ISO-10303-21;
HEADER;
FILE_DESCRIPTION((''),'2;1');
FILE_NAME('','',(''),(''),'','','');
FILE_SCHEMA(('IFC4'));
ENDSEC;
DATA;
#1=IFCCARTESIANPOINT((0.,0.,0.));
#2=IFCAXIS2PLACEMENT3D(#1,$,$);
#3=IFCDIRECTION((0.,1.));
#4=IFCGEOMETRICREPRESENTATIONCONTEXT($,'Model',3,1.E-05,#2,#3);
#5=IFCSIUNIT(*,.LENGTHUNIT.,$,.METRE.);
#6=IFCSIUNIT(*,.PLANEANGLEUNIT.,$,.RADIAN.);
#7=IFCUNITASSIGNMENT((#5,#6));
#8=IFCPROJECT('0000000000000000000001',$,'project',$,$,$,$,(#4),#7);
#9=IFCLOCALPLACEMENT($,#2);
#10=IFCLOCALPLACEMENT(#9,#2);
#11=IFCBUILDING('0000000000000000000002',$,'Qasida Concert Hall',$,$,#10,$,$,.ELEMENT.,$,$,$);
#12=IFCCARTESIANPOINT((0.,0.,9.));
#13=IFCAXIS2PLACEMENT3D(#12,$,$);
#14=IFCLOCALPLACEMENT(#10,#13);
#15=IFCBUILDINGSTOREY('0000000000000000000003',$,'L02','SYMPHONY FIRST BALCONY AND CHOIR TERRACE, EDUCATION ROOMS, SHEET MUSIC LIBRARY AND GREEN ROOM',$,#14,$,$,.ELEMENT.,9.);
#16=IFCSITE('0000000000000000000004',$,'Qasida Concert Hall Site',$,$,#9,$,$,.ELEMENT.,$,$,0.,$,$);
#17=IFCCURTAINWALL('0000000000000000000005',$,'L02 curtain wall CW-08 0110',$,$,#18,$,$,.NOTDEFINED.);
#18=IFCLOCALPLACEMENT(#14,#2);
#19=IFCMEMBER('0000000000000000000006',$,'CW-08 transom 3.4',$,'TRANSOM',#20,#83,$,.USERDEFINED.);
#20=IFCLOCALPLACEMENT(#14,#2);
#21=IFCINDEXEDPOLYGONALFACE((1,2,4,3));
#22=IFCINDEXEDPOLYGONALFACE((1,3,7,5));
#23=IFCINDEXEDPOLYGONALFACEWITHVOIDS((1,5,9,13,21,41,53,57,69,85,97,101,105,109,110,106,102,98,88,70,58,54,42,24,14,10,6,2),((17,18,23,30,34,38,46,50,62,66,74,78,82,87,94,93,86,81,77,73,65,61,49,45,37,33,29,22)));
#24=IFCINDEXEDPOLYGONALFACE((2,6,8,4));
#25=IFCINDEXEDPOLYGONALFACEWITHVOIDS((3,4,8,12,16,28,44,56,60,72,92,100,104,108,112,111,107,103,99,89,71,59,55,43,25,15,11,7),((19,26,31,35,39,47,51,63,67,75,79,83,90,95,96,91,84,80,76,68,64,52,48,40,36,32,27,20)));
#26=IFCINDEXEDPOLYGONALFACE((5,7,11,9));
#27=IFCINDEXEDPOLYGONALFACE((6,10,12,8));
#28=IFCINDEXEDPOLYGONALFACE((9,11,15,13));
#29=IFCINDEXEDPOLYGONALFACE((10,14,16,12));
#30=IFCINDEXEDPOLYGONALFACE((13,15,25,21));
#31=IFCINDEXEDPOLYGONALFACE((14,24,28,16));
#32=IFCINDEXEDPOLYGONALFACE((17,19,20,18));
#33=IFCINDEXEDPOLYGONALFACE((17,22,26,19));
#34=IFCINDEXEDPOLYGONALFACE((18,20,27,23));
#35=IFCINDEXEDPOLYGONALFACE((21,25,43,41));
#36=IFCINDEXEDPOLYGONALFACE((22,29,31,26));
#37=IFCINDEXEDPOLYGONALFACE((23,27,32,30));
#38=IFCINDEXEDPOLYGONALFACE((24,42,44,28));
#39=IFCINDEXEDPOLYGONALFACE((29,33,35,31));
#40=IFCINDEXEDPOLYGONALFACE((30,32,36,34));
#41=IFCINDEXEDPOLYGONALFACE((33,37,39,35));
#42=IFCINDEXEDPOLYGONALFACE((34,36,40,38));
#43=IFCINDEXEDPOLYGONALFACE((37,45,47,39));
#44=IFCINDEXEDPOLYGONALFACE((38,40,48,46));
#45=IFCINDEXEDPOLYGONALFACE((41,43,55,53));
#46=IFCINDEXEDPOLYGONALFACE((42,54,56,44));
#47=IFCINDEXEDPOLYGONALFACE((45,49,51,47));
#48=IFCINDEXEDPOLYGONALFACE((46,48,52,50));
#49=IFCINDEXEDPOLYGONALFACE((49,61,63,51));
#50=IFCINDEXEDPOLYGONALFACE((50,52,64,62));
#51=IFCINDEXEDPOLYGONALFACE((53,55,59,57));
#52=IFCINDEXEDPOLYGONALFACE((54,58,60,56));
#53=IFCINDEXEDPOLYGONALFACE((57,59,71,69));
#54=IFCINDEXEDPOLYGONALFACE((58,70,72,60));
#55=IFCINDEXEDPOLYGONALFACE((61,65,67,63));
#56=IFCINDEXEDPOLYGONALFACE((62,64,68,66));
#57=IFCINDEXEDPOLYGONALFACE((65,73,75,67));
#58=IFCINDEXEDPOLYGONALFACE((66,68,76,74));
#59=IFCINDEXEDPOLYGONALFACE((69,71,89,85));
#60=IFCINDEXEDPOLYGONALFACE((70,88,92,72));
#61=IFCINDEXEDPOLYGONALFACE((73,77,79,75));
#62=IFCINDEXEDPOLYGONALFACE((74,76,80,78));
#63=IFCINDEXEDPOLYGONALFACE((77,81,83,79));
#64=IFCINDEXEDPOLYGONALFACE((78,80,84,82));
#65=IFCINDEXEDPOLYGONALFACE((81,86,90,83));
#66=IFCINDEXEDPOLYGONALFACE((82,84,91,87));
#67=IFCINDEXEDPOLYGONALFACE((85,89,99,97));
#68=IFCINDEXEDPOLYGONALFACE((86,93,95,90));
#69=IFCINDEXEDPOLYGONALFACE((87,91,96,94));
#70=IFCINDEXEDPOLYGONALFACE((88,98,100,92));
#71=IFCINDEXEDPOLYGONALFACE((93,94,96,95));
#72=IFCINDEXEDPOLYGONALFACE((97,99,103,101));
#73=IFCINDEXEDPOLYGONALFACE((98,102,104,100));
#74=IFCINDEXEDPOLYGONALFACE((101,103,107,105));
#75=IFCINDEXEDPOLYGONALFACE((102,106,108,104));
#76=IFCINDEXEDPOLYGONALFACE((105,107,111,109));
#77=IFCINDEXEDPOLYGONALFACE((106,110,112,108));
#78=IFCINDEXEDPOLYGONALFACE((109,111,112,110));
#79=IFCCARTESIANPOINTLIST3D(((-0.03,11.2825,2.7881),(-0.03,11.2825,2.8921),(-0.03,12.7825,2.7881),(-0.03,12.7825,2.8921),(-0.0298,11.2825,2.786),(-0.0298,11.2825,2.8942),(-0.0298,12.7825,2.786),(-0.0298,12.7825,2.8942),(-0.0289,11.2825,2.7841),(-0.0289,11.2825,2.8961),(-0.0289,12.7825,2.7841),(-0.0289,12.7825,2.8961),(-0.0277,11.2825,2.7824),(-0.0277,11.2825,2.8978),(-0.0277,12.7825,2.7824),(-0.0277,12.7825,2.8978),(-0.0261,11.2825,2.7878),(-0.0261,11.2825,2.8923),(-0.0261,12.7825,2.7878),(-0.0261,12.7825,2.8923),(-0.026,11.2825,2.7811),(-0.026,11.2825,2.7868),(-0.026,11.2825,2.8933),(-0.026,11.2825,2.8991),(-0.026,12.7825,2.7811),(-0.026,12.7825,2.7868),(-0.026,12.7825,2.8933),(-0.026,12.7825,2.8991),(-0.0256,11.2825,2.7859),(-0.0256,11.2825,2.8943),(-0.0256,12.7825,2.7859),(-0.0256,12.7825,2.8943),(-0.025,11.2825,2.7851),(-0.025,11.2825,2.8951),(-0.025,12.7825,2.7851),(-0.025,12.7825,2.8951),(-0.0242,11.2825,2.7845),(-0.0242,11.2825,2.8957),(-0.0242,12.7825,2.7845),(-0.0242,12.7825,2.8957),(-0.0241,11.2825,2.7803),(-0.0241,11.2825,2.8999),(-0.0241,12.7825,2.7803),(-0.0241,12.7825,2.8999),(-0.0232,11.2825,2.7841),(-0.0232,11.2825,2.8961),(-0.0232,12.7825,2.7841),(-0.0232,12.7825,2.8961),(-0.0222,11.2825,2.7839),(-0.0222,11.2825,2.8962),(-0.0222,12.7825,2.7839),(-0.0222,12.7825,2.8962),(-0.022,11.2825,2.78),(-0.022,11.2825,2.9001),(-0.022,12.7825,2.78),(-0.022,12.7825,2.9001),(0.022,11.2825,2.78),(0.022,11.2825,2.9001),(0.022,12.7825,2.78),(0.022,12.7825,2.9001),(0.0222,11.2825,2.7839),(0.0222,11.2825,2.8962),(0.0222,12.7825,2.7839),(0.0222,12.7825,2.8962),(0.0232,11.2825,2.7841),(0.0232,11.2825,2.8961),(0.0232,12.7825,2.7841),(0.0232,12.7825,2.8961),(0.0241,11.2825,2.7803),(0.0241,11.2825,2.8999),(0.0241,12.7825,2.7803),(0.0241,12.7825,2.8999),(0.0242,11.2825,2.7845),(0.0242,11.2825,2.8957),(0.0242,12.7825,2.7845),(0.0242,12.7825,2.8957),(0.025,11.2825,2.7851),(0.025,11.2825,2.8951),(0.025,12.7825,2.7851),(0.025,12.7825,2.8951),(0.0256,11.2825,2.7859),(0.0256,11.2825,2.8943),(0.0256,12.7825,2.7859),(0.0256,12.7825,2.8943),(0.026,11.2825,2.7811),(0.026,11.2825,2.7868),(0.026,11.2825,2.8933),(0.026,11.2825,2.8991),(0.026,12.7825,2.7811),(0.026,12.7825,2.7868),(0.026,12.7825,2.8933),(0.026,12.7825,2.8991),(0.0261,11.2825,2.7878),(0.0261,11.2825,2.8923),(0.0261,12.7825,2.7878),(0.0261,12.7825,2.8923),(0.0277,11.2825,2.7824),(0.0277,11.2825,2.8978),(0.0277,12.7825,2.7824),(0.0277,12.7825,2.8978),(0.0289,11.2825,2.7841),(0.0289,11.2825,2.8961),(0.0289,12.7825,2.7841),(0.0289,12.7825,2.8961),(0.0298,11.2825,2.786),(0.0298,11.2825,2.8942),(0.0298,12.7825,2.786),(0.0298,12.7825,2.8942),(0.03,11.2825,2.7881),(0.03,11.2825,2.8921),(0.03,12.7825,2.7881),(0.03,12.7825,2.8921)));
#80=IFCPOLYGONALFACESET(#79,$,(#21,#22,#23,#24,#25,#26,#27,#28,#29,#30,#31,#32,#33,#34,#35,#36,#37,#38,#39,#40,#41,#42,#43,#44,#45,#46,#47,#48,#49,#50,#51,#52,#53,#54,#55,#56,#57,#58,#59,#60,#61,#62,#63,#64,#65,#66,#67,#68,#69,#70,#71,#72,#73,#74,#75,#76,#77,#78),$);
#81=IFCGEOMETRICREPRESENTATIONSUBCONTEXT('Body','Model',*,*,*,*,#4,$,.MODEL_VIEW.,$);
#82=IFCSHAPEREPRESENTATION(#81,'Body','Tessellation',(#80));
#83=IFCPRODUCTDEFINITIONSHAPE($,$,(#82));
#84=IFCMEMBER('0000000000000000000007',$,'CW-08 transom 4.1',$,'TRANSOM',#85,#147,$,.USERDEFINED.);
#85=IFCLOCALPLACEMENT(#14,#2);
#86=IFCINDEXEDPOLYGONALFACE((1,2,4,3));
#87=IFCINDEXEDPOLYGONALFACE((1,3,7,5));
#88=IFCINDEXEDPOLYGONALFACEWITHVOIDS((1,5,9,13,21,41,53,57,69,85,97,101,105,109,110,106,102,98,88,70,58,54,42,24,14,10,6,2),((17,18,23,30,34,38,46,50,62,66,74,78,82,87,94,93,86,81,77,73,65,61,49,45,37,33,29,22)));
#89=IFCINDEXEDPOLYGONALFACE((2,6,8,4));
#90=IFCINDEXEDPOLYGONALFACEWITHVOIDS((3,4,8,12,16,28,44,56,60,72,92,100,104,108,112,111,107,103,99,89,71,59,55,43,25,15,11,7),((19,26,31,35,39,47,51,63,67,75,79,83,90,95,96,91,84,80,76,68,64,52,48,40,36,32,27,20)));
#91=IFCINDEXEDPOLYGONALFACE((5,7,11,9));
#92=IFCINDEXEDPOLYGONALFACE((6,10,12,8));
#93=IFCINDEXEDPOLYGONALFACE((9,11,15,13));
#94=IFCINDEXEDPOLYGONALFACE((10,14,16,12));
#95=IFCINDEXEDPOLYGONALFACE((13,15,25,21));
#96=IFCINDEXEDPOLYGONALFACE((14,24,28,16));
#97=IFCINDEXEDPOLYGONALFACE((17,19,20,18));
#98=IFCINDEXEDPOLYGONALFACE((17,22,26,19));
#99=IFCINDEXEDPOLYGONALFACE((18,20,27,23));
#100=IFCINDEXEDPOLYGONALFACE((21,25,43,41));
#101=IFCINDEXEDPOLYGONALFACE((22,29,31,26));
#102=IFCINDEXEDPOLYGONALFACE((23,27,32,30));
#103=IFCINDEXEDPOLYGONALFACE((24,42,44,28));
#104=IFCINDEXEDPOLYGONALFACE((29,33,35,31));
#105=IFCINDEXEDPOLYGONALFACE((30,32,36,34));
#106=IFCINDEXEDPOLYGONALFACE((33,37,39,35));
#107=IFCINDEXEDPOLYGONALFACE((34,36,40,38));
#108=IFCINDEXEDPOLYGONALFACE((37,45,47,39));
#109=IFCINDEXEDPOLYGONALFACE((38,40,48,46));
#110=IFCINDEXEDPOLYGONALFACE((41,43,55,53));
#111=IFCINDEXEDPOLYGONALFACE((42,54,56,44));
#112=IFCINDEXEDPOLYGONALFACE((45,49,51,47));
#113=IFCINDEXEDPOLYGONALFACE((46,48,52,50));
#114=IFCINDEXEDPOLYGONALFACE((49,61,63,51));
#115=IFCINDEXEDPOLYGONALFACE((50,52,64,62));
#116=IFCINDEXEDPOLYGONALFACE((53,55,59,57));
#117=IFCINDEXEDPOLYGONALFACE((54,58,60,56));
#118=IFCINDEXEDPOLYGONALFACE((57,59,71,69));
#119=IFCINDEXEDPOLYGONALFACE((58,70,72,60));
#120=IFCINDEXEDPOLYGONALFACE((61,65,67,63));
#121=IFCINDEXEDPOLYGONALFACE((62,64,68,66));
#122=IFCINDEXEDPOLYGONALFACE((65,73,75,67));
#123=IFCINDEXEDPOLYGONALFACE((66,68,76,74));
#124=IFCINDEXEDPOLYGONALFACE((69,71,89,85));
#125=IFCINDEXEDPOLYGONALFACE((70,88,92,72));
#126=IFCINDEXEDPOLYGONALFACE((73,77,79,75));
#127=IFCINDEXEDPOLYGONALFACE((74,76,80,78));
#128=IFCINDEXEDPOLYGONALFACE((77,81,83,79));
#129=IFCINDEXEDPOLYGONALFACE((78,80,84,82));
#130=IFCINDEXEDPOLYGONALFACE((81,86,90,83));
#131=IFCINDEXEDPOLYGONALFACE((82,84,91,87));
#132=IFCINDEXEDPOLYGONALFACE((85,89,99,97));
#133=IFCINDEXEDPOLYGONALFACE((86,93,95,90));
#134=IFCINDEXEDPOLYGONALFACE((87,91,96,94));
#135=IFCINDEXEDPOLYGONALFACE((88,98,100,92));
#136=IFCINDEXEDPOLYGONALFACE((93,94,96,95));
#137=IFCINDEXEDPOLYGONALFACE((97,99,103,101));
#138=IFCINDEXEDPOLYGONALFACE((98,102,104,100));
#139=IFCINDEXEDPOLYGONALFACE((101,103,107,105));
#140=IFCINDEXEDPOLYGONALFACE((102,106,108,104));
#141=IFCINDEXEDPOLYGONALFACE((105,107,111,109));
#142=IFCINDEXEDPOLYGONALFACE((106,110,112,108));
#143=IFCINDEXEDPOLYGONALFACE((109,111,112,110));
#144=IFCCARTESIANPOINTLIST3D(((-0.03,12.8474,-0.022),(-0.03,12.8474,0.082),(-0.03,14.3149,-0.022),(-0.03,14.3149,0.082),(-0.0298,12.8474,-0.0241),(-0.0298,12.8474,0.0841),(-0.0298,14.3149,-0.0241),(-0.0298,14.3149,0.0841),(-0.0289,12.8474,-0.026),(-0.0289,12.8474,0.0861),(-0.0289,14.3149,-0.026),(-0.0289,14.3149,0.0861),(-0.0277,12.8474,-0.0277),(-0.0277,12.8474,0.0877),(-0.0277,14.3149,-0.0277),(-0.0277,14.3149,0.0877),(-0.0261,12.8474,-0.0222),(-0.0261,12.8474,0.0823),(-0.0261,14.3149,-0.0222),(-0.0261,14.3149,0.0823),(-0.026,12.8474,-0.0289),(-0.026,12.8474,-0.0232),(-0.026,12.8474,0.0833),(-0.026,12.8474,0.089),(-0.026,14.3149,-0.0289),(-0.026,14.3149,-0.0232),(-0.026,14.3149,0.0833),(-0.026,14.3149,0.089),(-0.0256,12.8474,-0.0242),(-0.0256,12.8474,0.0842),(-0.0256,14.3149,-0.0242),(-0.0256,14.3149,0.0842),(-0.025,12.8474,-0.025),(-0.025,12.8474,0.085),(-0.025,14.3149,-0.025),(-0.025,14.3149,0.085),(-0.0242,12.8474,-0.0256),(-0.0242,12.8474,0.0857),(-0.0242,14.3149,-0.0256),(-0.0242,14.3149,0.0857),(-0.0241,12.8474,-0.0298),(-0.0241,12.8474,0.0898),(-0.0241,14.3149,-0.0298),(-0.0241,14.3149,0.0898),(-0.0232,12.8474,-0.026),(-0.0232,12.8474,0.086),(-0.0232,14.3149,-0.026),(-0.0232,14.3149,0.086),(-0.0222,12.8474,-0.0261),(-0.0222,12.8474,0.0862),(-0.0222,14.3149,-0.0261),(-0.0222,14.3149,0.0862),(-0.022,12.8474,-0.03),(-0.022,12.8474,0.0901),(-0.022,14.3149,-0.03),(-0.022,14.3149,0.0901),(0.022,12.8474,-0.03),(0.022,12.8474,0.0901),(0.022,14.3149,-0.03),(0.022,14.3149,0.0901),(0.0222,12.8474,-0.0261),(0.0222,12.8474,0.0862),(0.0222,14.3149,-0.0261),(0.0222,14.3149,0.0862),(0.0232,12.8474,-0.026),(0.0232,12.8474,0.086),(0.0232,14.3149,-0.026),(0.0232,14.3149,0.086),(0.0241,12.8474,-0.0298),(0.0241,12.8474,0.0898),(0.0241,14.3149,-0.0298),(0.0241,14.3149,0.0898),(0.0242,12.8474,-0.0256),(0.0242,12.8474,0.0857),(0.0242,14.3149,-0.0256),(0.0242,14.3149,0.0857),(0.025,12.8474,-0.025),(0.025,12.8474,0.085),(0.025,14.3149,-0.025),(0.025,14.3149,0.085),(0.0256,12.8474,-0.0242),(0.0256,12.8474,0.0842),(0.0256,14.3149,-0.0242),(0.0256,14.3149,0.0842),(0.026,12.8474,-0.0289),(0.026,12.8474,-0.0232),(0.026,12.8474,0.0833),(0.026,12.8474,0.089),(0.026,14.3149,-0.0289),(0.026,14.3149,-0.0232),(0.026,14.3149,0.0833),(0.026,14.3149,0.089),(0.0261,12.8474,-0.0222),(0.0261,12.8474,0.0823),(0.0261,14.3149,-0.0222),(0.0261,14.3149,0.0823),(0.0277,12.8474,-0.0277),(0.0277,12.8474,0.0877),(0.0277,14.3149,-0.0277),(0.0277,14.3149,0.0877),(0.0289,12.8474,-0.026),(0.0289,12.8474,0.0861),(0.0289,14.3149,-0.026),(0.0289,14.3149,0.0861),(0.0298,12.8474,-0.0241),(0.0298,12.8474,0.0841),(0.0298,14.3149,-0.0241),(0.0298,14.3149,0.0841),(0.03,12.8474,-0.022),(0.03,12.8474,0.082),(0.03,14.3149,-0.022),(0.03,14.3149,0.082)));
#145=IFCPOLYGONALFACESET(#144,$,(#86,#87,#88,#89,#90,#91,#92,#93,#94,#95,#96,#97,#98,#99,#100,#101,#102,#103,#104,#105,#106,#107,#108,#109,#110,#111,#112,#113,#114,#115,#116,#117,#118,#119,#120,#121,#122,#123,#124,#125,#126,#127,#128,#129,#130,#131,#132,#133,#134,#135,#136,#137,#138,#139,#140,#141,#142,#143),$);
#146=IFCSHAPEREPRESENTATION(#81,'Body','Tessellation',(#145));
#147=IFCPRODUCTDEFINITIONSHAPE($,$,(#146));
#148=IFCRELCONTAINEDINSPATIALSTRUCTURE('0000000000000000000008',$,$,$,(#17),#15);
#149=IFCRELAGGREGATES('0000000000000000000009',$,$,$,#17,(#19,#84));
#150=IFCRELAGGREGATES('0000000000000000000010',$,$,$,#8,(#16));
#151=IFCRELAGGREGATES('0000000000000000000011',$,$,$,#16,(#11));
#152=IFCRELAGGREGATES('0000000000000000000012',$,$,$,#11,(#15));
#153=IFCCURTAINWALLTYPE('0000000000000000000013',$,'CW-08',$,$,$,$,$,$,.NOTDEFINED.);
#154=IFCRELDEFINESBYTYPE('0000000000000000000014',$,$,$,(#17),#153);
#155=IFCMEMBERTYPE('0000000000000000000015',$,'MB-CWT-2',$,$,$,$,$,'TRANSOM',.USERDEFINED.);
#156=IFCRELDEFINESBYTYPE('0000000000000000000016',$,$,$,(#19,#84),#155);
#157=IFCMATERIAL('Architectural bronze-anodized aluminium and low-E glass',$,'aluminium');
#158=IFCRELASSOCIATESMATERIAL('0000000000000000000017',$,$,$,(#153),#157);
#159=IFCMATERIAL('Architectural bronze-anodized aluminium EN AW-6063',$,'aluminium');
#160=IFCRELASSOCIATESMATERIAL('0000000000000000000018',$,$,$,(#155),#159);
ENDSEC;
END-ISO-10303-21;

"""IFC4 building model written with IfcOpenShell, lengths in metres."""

from ifc_helpers import new_model, si_unit, direction, frame, origin, origin_2d, place, context, subcontext, project, spatial, hollow_rectangle, extrude, material, material_profile, profile_set, type_object, element, aggregate, save


model = new_model("IFC4")

# Units and contexts
model_context = context("Model", 3, precision=1e-05, world=origin(), true_north=direction((0.0, 1.0)))
body_context = subcontext(model_context, "Body", "Model", "MODEL_VIEW")
ifc_project = project(units=[si_unit("LENGTHUNIT", "METRE"), si_unit("PLANEANGLEUNIT", "RADIAN")], contexts=[model_context])

# Site, building, storey
site_placement = place(None, origin())
site = spatial("IfcSite", under=ifc_project, at=site_placement, Name="Qasida Concert Hall Site", CompositionType="ELEMENT", RefElevation=0.0)
building_placement = place(site_placement, origin())
building = spatial("IfcBuilding", under=site, at=building_placement, Name="Qasida Concert Hall", CompositionType="ELEMENT")
storey_placement = place(building_placement, frame((0.0, 0.0, 9.0)))
storey = spatial("IfcBuildingStorey", under=building, at=storey_placement, Name="L02", Description="SYMPHONY FIRST BALCONY AND CHOIR TERRACE, EDUCATION ROOMS, SHEET MUSIC LIBRARY AND GREEN ROOM", CompositionType="ELEMENT", Elevation=9.0)

# Curtain wall, members
ifc_material_1 = material(Name="Architectural bronze-anodized aluminium and low-E glass", Category="aluminium")
curtain_wall_type = type_object("IfcCurtainWallType", Name="CW-08", PredefinedType="NOTDEFINED", material=ifc_material_1)
curtain_wall_placement = place(storey_placement, origin())
curtain_wall = element("IfcCurtainWall", 1, at=curtain_wall_placement, inside=storey, type_object=curtain_wall_type, Name="L02 curtain wall CW-08 0110", PredefinedType="NOTDEFINED")
ifc_material_2 = material(Name="Architectural bronze-anodized aluminium EN AW-6063", Category="aluminium")
ifc_material_profile_1 = material_profile(ifc_material_2, hollow_rectangle(XDim=0.0601, YDim=0.1201, WallThickness=0.0039, InnerFilletRadius=0.0039, OuterFilletRadius=0.0081, at=origin_2d()), Name="CWT 120x60x4")
ifc_profile_set_1 = profile_set([ifc_material_profile_1], Name="Architectural bronze-anodized aluminium EN AW-6063")
member_type_1 = type_object("IfcMemberType", Name="MB-CWT-2", ElementType="TRANSOM", PredefinedType="USERDEFINED", material=ifc_profile_set_1)
member_1_placement = place(storey_placement, frame((0.0, 11.2825, 2.8401), z_axis=(0.0, 1.0, 0.0), x_axis=(-1.0, 0.0, 0.0)))
member_1 = element("IfcMember", 2, at=member_1_placement, type_object=member_type_1, Name="CW-08 transom 3.4", ObjectType="TRANSOM", PredefinedType="USERDEFINED", context=body_context, shape_type="SweptSolid", body=[
    extrude(hollow_rectangle(XDim=0.0601, YDim=0.1201, WallThickness=0.0039, InnerFilletRadius=0.0039, OuterFilletRadius=0.0081, at=origin_2d()), origin(), (0.0, 0.0, 1.0), 1.5),
])
member_2_placement = place(storey_placement, frame((0.0, 12.8474, 0.03), z_axis=(0.0, 1.0, 0.0), x_axis=(-1.0, 0.0, 0.0)))
member_2 = element("IfcMember", 3, at=member_2_placement, type_object=member_type_1, Name="CW-08 transom 4.1", ObjectType="TRANSOM", PredefinedType="USERDEFINED", context=body_context, shape_type="SweptSolid", body=[
    extrude(hollow_rectangle(XDim=0.0601, YDim=0.1201, WallThickness=0.0039, InnerFilletRadius=0.0039, OuterFilletRadius=0.0081, at=origin_2d()), origin(), (0.0, 0.0, 1.0), 1.4675),
])
aggregate(curtain_wall, [member_1, member_2])

save(model, "model.ifc")
